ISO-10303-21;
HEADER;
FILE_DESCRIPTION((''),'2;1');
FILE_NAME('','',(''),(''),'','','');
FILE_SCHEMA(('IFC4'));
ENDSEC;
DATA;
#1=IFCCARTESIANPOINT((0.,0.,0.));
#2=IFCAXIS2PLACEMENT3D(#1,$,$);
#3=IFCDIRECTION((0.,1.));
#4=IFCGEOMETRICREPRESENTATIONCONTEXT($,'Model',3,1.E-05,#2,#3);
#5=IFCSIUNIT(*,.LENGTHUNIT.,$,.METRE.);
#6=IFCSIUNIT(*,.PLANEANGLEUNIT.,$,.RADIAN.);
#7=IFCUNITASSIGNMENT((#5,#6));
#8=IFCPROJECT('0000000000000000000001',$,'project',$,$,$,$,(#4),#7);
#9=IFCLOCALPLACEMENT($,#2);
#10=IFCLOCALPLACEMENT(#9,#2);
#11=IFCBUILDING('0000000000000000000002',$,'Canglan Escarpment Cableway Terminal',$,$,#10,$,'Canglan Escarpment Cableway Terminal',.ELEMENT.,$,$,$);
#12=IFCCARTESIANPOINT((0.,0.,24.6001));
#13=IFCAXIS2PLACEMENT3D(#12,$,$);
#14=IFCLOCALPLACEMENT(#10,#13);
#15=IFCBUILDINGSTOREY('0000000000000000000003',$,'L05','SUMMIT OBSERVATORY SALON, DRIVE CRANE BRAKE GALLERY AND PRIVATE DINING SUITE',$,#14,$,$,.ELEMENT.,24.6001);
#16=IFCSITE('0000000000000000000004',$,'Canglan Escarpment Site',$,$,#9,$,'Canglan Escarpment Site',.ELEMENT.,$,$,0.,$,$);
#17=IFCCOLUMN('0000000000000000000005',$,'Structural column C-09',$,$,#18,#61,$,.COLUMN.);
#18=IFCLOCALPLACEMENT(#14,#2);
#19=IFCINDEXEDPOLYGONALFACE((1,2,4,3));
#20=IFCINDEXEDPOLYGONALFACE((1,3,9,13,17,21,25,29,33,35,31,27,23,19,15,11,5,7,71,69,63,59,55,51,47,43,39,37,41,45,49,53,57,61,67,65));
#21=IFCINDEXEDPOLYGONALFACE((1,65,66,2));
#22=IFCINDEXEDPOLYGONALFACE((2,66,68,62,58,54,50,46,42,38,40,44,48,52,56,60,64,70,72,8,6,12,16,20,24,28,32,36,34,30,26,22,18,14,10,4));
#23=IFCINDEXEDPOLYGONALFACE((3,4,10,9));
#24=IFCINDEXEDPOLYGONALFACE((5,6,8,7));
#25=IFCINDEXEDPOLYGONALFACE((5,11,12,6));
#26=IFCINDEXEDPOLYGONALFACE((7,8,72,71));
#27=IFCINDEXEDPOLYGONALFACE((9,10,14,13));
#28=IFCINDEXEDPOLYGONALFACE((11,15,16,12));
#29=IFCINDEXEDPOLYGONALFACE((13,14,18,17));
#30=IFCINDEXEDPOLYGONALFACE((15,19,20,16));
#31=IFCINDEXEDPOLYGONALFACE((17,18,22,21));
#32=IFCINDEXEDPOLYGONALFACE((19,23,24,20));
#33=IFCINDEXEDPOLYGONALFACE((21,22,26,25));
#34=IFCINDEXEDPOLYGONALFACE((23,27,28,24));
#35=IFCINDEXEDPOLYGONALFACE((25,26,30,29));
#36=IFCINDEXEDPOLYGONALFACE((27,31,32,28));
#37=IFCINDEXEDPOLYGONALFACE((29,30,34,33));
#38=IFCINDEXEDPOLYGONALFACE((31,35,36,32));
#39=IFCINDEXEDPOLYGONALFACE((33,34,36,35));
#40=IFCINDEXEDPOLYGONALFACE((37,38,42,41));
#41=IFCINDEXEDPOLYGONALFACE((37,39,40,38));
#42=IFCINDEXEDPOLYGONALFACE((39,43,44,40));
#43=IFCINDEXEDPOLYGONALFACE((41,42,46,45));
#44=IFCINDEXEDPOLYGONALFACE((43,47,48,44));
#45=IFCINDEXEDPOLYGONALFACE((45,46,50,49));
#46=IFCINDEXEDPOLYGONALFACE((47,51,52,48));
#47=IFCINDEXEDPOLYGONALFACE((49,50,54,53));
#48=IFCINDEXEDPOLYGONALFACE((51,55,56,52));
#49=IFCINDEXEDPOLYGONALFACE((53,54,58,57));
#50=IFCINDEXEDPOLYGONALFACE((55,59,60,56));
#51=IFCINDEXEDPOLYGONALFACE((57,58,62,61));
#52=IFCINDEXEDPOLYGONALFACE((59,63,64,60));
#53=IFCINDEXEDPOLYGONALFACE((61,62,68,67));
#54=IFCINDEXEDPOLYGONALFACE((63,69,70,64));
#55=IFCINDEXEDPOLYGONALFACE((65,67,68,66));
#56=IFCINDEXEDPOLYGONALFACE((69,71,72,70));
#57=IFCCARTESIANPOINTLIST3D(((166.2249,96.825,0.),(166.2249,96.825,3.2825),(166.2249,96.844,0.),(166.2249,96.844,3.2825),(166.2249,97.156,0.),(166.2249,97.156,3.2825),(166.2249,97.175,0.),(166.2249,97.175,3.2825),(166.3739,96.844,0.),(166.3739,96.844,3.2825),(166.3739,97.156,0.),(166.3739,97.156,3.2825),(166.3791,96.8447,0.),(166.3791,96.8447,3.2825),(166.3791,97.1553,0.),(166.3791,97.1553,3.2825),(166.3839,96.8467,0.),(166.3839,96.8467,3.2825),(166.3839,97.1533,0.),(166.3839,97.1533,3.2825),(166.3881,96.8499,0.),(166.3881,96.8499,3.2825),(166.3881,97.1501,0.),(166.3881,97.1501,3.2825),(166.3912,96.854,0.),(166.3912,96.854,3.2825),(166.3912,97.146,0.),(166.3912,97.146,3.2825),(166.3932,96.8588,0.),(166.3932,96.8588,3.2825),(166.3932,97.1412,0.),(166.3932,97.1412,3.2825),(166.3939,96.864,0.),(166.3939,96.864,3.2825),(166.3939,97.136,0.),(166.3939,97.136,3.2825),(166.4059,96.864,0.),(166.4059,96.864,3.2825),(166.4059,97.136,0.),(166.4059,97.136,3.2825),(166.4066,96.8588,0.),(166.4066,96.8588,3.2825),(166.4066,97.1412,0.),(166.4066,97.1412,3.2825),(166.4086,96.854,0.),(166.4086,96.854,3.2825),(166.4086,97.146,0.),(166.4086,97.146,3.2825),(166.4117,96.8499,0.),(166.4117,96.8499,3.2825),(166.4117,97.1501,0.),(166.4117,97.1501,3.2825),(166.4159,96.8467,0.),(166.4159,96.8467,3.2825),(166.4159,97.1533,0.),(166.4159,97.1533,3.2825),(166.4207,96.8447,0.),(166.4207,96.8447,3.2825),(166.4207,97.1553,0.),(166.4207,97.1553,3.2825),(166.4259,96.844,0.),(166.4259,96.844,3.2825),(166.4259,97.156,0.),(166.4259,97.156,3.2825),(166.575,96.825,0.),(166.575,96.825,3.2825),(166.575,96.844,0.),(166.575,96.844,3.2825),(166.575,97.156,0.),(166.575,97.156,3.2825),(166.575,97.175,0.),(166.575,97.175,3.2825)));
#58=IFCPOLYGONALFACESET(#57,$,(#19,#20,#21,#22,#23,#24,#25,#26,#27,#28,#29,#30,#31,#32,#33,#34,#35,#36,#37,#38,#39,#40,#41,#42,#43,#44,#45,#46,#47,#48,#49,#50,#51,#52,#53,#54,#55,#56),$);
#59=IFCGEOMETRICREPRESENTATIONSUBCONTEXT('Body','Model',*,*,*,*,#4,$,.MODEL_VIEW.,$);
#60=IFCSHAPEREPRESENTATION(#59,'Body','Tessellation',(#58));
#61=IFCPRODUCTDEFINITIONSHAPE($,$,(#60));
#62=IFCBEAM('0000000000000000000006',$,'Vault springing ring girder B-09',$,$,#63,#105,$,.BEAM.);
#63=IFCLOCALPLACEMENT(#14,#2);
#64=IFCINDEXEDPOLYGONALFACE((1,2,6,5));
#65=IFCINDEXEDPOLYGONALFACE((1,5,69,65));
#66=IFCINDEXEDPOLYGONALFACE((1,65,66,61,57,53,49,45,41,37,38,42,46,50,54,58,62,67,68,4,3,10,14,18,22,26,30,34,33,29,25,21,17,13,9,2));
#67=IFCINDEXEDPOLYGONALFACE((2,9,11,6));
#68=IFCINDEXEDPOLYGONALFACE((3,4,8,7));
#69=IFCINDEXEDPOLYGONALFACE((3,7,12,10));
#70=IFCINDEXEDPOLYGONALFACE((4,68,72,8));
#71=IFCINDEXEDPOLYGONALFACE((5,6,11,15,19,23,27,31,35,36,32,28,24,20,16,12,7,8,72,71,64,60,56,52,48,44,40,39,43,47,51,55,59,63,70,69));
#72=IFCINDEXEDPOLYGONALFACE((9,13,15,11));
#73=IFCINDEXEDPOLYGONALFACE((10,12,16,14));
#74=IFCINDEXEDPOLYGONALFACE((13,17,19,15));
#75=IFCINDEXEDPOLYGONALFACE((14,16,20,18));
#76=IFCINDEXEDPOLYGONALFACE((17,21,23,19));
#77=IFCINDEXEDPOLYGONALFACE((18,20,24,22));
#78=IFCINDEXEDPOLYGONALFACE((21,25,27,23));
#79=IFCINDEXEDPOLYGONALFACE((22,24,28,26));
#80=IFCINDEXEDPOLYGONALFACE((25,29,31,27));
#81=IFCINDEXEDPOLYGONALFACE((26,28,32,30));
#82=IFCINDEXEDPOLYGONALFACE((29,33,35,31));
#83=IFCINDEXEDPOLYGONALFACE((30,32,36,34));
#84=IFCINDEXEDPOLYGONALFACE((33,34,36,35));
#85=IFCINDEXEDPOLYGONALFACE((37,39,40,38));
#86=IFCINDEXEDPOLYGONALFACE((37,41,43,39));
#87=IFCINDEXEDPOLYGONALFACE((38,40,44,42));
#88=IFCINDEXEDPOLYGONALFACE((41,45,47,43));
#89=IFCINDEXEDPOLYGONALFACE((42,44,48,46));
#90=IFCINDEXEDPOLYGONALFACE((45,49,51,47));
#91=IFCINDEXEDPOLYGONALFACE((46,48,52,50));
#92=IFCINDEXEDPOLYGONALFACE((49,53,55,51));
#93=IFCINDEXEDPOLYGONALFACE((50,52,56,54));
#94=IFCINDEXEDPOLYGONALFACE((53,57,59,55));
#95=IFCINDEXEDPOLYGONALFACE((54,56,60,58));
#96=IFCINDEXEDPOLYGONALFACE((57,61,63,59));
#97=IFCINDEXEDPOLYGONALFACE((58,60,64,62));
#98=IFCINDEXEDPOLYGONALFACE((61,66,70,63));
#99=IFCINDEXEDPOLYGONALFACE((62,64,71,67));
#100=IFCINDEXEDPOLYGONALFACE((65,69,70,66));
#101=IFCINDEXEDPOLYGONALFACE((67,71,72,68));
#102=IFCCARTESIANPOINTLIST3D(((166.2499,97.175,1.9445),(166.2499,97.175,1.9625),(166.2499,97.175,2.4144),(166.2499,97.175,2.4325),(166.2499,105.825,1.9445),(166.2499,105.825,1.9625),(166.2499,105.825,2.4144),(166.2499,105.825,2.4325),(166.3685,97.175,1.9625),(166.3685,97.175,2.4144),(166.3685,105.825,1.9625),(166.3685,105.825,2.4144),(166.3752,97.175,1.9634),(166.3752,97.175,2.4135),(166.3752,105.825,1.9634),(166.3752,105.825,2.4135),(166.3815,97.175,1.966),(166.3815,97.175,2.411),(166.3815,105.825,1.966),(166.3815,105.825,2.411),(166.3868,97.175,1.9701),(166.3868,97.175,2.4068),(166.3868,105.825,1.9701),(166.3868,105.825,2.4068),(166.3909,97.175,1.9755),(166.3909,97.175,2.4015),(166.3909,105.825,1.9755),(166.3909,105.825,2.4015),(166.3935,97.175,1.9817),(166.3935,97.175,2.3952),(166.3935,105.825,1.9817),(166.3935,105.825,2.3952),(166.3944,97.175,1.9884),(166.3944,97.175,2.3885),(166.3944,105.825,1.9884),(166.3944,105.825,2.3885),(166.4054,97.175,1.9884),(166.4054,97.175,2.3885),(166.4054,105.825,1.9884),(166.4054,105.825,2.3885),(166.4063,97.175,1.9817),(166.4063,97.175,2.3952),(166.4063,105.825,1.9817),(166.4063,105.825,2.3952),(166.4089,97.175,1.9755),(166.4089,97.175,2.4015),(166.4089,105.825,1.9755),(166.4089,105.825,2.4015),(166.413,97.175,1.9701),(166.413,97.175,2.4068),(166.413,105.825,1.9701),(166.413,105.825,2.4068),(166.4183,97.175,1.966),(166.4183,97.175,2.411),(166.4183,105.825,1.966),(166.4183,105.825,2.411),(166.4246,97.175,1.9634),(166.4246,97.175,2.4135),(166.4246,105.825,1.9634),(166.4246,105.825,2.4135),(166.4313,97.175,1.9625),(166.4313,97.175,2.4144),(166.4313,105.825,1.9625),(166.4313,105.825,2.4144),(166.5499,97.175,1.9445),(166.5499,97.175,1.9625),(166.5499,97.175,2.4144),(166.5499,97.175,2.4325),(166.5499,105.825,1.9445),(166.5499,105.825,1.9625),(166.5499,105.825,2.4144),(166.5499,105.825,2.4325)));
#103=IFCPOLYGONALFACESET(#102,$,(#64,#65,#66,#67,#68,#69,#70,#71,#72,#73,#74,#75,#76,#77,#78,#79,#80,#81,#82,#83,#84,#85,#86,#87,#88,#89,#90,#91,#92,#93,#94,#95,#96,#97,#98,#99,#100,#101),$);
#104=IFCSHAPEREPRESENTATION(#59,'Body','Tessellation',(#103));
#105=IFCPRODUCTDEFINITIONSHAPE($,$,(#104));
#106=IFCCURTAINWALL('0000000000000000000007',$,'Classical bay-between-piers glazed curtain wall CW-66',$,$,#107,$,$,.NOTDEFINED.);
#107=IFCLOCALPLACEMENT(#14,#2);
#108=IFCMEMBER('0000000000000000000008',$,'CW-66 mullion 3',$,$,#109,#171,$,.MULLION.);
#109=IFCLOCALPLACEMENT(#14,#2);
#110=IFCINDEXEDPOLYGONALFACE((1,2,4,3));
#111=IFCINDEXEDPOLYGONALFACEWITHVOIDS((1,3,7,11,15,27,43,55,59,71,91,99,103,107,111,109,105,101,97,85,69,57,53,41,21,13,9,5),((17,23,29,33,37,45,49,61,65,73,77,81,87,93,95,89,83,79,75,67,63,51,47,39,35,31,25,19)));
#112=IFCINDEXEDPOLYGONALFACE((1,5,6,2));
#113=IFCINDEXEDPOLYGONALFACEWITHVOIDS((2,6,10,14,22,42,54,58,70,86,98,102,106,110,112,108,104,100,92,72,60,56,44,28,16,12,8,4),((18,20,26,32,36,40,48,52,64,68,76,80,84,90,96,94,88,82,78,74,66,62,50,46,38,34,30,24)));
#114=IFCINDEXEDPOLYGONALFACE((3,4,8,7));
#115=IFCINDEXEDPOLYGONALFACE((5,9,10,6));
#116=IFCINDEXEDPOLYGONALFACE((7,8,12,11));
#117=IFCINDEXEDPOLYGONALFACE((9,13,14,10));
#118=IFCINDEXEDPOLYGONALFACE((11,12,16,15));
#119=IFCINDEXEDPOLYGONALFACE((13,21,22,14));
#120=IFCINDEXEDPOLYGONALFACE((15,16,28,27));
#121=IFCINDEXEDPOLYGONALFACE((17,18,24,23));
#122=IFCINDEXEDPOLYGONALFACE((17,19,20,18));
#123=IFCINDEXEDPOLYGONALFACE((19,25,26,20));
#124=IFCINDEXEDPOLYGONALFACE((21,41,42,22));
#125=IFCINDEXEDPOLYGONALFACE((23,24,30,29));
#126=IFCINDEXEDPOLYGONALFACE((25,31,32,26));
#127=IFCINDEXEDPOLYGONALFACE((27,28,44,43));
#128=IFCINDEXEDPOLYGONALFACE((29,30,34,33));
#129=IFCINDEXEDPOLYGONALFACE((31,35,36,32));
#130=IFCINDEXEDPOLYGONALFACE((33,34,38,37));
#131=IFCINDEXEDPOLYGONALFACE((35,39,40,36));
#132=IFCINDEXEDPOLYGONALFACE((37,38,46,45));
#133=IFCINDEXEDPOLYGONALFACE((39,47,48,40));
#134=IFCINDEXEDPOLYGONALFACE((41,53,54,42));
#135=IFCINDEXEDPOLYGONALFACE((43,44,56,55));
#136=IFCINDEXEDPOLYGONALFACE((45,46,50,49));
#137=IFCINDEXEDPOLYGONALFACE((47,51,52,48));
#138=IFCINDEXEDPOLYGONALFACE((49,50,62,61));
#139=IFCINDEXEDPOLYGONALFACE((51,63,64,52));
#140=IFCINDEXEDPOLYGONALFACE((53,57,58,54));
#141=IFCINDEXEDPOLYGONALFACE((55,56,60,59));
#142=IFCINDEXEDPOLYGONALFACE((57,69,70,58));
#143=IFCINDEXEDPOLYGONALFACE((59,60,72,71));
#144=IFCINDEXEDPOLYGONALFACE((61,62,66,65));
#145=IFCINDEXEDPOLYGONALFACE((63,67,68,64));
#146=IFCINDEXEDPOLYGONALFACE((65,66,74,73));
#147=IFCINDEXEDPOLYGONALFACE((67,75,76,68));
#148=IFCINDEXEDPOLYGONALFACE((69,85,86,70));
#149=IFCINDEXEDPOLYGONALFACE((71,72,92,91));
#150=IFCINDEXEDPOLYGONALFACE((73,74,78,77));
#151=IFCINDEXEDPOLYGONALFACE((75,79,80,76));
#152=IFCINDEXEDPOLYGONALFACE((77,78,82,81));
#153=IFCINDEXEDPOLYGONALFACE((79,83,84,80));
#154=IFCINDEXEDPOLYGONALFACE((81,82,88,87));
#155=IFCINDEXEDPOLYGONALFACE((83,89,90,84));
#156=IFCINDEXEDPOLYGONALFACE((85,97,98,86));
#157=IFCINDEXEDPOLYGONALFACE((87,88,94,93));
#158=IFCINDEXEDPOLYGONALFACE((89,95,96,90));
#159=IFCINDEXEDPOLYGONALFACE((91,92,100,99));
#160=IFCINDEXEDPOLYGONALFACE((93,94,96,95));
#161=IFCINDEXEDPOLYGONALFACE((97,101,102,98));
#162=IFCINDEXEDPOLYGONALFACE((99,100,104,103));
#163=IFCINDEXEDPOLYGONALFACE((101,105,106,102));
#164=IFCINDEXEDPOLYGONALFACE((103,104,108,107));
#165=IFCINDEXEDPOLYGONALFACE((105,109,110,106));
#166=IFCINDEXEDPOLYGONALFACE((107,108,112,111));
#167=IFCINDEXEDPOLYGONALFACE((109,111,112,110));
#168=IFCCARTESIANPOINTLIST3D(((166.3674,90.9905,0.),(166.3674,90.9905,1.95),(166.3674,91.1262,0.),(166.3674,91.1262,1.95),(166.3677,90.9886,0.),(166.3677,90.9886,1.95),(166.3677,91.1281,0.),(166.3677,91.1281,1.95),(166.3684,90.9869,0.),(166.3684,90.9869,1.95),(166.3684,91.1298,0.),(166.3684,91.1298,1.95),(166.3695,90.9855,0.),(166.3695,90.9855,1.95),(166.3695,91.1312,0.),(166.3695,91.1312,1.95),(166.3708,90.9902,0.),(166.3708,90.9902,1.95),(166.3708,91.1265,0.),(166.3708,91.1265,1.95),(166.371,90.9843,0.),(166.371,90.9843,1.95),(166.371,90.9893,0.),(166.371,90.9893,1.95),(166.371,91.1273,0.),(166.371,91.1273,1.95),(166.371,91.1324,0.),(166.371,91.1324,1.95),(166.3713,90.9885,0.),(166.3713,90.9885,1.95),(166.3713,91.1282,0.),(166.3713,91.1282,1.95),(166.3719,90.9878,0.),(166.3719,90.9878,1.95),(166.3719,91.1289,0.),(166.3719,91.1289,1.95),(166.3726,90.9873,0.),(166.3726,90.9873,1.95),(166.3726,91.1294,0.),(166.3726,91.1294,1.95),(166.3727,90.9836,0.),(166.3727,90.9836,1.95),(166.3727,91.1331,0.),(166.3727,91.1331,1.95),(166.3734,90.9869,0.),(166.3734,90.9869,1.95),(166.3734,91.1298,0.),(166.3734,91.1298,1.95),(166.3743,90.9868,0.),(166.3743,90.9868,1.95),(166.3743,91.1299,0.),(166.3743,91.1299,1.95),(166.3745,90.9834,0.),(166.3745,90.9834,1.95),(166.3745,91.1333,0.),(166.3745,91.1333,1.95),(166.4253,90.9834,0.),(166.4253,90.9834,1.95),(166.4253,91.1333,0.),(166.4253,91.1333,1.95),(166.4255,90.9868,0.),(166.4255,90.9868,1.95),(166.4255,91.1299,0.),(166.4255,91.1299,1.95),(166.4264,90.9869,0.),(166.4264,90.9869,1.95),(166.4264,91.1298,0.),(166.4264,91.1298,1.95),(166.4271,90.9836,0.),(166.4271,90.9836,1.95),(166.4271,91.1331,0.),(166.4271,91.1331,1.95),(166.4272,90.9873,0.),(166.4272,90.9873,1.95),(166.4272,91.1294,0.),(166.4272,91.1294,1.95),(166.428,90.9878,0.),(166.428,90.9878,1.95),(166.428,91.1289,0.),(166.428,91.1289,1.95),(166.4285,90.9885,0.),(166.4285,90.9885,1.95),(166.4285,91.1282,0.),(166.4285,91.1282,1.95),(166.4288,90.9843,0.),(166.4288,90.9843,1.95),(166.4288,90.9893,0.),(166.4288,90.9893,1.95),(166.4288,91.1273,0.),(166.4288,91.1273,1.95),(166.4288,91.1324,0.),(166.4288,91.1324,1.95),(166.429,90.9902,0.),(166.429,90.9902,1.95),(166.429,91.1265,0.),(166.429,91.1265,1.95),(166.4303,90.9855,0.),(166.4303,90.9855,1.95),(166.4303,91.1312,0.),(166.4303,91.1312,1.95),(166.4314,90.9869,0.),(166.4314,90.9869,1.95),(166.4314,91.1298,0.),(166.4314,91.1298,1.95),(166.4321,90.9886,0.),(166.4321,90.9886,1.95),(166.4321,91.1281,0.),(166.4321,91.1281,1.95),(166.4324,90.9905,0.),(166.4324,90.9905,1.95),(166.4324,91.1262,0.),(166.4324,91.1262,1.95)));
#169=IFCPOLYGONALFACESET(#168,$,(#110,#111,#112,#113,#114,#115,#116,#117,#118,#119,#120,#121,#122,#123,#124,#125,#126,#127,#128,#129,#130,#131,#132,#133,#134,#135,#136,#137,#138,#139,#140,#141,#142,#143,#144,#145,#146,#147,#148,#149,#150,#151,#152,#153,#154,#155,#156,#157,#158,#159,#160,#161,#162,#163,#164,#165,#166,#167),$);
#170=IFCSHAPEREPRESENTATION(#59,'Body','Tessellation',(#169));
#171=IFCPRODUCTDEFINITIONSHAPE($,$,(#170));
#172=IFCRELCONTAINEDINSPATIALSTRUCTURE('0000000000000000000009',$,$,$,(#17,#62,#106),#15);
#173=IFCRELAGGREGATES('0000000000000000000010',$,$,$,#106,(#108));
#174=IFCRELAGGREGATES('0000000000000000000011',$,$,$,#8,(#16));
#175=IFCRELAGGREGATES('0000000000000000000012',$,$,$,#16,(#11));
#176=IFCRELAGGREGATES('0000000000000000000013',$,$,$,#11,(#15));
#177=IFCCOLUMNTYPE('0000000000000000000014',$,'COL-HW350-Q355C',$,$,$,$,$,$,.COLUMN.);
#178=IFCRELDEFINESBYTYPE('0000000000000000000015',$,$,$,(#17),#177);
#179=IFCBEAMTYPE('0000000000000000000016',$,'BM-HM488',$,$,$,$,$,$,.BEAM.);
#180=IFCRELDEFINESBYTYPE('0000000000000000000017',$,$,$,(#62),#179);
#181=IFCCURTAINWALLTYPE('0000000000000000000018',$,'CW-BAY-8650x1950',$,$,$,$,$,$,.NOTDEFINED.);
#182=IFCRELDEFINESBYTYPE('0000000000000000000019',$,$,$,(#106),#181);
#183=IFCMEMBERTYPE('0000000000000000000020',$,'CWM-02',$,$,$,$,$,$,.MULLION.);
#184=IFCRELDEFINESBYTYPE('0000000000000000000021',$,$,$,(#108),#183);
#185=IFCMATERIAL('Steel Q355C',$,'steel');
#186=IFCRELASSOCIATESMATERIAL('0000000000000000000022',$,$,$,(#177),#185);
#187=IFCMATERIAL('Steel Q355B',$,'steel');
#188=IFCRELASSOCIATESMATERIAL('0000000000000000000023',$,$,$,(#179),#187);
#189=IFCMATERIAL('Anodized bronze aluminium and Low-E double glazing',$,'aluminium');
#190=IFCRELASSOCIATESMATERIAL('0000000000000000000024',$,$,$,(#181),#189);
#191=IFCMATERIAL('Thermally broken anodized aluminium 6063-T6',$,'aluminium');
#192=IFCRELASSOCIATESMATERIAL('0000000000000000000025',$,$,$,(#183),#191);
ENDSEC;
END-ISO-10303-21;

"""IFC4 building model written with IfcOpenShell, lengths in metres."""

from ifc_helpers import new_model, si_unit, direction, frame, origin, origin_2d, place, context, subcontext, project, spatial, hollow_rectangle, i_section, extrude, material, material_profile, profile_set, type_object, element, aggregate, save


model = new_model("IFC4")

# Units and contexts
model_context = context("Model", 3, precision=1e-05, world=origin(), true_north=direction((0.0, 1.0)))
body_context = subcontext(model_context, "Body", "Model", "MODEL_VIEW")
ifc_project = project(units=[si_unit("LENGTHUNIT", "METRE"), si_unit("PLANEANGLEUNIT", "RADIAN")], contexts=[model_context])

# Site, building, storey
site_placement = place(None, origin())
site = spatial("IfcSite", under=ifc_project, at=site_placement, Name="Canglan Escarpment Site", LongName="Canglan Escarpment Site", CompositionType="ELEMENT", RefElevation=0.0)
building_placement = place(site_placement, origin())
building = spatial("IfcBuilding", under=site, at=building_placement, Name="Canglan Escarpment Cableway Terminal", LongName="Canglan Escarpment Cableway Terminal", CompositionType="ELEMENT")
storey_placement = place(building_placement, frame((0.0, 0.0, 24.6001)))
storey = spatial("IfcBuildingStorey", under=building, at=storey_placement, Name="L05", Description="SUMMIT OBSERVATORY SALON, DRIVE CRANE BRAKE GALLERY AND PRIVATE DINING SUITE", CompositionType="ELEMENT", Elevation=24.6001)

# Column
ifc_material_1 = material(Name="Steel Q355C", Category="steel")
ifc_material_profile_1 = material_profile(ifc_material_1, i_section(OverallWidth=0.3501, OverallDepth=0.3501, WebThickness=0.012, FlangeThickness=0.019, FilletRadius=0.02, at=origin_2d()), Name="HW 350x350x12x19")
ifc_profile_set_1 = profile_set([ifc_material_profile_1], Name="Steel Q355C")
column_type = type_object("IfcColumnType", Name="COL-HW350-Q355C", PredefinedType="COLUMN", material=ifc_profile_set_1)
column_placement = place(storey_placement, frame((166.3999, 97.0, 0.0), z_axis=(0.0, 0.0, 1.0), x_axis=(1.0, 0.0, 0.0)))
element("IfcColumn", 1, at=column_placement, inside=storey, type_object=column_type, Name="Structural column C-09", PredefinedType="COLUMN", context=body_context, shape_type="SweptSolid", body=[
    extrude(i_section(OverallWidth=0.3501, OverallDepth=0.3501, WebThickness=0.012, FlangeThickness=0.019, FilletRadius=0.02, at=origin_2d()), origin(), (0.0, 0.0, 1.0), 3.2825),
])

# Beam
ifc_material_2 = material(Name="Steel Q355B", Category="steel")
ifc_material_profile_2 = material_profile(ifc_material_2, i_section(OverallWidth=0.3, OverallDepth=0.488, WebThickness=0.011, FlangeThickness=0.0181, FilletRadius=0.0259, at=origin_2d()), Name="HM 488x300x11x18")
ifc_profile_set_2 = profile_set([ifc_material_profile_2], Name="Steel Q355B")
beam_type = type_object("IfcBeamType", Name="BM-HM488", PredefinedType="BEAM", material=ifc_profile_set_2)
beam_placement = place(storey_placement, frame((166.3999, 97.175, 2.1885), z_axis=(0.0, 1.0, 0.0), x_axis=(-1.0, 0.0, 0.0)))
element("IfcBeam", 2, at=beam_placement, inside=storey, type_object=beam_type, Name="Vault springing ring girder B-09", PredefinedType="BEAM", context=body_context, shape_type="SweptSolid", body=[
    extrude(i_section(OverallWidth=0.3, OverallDepth=0.488, WebThickness=0.011, FlangeThickness=0.0181, FilletRadius=0.0259, at=origin_2d()), origin(), (0.0, 0.0, 1.0), 8.6499),
])

# Curtain wall, member
ifc_material_3 = material(Name="Anodized bronze aluminium and Low-E double glazing", Category="aluminium")
curtain_wall_type = type_object("IfcCurtainWallType", Name="CW-BAY-8650x1950", PredefinedType="NOTDEFINED", material=ifc_material_3)
curtain_wall_1_placement = place(storey_placement, origin())
curtain_wall_1 = element("IfcCurtainWall", 3, at=curtain_wall_1_placement, inside=storey, type_object=curtain_wall_type, Name="Classical bay-between-piers glazed curtain wall CW-66", PredefinedType="NOTDEFINED")
ifc_material_4 = material(Name="Thermally broken anodized aluminium 6063-T6", Category="aluminium")
ifc_material_profile_3 = material_profile(ifc_material_4, hollow_rectangle(XDim=0.0649, YDim=0.1499, WallThickness=0.0034, InnerFilletRadius=0.0034, OuterFilletRadius=0.0071, at=origin_2d()), Name="ALU-MULL 65x150x3.5")
ifc_profile_set_3 = profile_set([ifc_material_profile_3], Name="Thermally broken anodized aluminium 6063-T6")
member_type_1 = type_object("IfcMemberType", Name="CWM-02", PredefinedType="MULLION", material=ifc_profile_set_3)
member_1_placement = place(storey_placement, frame((166.3999, 91.0583, 0.0), z_axis=(0.0, 0.0, 1.0), x_axis=(-1.0, 0.0, 0.0)))
member_1 = element("IfcMember", 4, at=member_1_placement, type_object=member_type_1, Name="CW-66 mullion 3", PredefinedType="MULLION", context=body_context, shape_type="SweptSolid", body=[
    extrude(hollow_rectangle(XDim=0.0649, YDim=0.1499, WallThickness=0.0034, InnerFilletRadius=0.0034, OuterFilletRadius=0.0071, at=origin_2d()), origin(), (0.0, 0.0, 1.0), 1.95),
])

aggregate(curtain_wall_1, [member_1])

save(model, "model.ifc")
